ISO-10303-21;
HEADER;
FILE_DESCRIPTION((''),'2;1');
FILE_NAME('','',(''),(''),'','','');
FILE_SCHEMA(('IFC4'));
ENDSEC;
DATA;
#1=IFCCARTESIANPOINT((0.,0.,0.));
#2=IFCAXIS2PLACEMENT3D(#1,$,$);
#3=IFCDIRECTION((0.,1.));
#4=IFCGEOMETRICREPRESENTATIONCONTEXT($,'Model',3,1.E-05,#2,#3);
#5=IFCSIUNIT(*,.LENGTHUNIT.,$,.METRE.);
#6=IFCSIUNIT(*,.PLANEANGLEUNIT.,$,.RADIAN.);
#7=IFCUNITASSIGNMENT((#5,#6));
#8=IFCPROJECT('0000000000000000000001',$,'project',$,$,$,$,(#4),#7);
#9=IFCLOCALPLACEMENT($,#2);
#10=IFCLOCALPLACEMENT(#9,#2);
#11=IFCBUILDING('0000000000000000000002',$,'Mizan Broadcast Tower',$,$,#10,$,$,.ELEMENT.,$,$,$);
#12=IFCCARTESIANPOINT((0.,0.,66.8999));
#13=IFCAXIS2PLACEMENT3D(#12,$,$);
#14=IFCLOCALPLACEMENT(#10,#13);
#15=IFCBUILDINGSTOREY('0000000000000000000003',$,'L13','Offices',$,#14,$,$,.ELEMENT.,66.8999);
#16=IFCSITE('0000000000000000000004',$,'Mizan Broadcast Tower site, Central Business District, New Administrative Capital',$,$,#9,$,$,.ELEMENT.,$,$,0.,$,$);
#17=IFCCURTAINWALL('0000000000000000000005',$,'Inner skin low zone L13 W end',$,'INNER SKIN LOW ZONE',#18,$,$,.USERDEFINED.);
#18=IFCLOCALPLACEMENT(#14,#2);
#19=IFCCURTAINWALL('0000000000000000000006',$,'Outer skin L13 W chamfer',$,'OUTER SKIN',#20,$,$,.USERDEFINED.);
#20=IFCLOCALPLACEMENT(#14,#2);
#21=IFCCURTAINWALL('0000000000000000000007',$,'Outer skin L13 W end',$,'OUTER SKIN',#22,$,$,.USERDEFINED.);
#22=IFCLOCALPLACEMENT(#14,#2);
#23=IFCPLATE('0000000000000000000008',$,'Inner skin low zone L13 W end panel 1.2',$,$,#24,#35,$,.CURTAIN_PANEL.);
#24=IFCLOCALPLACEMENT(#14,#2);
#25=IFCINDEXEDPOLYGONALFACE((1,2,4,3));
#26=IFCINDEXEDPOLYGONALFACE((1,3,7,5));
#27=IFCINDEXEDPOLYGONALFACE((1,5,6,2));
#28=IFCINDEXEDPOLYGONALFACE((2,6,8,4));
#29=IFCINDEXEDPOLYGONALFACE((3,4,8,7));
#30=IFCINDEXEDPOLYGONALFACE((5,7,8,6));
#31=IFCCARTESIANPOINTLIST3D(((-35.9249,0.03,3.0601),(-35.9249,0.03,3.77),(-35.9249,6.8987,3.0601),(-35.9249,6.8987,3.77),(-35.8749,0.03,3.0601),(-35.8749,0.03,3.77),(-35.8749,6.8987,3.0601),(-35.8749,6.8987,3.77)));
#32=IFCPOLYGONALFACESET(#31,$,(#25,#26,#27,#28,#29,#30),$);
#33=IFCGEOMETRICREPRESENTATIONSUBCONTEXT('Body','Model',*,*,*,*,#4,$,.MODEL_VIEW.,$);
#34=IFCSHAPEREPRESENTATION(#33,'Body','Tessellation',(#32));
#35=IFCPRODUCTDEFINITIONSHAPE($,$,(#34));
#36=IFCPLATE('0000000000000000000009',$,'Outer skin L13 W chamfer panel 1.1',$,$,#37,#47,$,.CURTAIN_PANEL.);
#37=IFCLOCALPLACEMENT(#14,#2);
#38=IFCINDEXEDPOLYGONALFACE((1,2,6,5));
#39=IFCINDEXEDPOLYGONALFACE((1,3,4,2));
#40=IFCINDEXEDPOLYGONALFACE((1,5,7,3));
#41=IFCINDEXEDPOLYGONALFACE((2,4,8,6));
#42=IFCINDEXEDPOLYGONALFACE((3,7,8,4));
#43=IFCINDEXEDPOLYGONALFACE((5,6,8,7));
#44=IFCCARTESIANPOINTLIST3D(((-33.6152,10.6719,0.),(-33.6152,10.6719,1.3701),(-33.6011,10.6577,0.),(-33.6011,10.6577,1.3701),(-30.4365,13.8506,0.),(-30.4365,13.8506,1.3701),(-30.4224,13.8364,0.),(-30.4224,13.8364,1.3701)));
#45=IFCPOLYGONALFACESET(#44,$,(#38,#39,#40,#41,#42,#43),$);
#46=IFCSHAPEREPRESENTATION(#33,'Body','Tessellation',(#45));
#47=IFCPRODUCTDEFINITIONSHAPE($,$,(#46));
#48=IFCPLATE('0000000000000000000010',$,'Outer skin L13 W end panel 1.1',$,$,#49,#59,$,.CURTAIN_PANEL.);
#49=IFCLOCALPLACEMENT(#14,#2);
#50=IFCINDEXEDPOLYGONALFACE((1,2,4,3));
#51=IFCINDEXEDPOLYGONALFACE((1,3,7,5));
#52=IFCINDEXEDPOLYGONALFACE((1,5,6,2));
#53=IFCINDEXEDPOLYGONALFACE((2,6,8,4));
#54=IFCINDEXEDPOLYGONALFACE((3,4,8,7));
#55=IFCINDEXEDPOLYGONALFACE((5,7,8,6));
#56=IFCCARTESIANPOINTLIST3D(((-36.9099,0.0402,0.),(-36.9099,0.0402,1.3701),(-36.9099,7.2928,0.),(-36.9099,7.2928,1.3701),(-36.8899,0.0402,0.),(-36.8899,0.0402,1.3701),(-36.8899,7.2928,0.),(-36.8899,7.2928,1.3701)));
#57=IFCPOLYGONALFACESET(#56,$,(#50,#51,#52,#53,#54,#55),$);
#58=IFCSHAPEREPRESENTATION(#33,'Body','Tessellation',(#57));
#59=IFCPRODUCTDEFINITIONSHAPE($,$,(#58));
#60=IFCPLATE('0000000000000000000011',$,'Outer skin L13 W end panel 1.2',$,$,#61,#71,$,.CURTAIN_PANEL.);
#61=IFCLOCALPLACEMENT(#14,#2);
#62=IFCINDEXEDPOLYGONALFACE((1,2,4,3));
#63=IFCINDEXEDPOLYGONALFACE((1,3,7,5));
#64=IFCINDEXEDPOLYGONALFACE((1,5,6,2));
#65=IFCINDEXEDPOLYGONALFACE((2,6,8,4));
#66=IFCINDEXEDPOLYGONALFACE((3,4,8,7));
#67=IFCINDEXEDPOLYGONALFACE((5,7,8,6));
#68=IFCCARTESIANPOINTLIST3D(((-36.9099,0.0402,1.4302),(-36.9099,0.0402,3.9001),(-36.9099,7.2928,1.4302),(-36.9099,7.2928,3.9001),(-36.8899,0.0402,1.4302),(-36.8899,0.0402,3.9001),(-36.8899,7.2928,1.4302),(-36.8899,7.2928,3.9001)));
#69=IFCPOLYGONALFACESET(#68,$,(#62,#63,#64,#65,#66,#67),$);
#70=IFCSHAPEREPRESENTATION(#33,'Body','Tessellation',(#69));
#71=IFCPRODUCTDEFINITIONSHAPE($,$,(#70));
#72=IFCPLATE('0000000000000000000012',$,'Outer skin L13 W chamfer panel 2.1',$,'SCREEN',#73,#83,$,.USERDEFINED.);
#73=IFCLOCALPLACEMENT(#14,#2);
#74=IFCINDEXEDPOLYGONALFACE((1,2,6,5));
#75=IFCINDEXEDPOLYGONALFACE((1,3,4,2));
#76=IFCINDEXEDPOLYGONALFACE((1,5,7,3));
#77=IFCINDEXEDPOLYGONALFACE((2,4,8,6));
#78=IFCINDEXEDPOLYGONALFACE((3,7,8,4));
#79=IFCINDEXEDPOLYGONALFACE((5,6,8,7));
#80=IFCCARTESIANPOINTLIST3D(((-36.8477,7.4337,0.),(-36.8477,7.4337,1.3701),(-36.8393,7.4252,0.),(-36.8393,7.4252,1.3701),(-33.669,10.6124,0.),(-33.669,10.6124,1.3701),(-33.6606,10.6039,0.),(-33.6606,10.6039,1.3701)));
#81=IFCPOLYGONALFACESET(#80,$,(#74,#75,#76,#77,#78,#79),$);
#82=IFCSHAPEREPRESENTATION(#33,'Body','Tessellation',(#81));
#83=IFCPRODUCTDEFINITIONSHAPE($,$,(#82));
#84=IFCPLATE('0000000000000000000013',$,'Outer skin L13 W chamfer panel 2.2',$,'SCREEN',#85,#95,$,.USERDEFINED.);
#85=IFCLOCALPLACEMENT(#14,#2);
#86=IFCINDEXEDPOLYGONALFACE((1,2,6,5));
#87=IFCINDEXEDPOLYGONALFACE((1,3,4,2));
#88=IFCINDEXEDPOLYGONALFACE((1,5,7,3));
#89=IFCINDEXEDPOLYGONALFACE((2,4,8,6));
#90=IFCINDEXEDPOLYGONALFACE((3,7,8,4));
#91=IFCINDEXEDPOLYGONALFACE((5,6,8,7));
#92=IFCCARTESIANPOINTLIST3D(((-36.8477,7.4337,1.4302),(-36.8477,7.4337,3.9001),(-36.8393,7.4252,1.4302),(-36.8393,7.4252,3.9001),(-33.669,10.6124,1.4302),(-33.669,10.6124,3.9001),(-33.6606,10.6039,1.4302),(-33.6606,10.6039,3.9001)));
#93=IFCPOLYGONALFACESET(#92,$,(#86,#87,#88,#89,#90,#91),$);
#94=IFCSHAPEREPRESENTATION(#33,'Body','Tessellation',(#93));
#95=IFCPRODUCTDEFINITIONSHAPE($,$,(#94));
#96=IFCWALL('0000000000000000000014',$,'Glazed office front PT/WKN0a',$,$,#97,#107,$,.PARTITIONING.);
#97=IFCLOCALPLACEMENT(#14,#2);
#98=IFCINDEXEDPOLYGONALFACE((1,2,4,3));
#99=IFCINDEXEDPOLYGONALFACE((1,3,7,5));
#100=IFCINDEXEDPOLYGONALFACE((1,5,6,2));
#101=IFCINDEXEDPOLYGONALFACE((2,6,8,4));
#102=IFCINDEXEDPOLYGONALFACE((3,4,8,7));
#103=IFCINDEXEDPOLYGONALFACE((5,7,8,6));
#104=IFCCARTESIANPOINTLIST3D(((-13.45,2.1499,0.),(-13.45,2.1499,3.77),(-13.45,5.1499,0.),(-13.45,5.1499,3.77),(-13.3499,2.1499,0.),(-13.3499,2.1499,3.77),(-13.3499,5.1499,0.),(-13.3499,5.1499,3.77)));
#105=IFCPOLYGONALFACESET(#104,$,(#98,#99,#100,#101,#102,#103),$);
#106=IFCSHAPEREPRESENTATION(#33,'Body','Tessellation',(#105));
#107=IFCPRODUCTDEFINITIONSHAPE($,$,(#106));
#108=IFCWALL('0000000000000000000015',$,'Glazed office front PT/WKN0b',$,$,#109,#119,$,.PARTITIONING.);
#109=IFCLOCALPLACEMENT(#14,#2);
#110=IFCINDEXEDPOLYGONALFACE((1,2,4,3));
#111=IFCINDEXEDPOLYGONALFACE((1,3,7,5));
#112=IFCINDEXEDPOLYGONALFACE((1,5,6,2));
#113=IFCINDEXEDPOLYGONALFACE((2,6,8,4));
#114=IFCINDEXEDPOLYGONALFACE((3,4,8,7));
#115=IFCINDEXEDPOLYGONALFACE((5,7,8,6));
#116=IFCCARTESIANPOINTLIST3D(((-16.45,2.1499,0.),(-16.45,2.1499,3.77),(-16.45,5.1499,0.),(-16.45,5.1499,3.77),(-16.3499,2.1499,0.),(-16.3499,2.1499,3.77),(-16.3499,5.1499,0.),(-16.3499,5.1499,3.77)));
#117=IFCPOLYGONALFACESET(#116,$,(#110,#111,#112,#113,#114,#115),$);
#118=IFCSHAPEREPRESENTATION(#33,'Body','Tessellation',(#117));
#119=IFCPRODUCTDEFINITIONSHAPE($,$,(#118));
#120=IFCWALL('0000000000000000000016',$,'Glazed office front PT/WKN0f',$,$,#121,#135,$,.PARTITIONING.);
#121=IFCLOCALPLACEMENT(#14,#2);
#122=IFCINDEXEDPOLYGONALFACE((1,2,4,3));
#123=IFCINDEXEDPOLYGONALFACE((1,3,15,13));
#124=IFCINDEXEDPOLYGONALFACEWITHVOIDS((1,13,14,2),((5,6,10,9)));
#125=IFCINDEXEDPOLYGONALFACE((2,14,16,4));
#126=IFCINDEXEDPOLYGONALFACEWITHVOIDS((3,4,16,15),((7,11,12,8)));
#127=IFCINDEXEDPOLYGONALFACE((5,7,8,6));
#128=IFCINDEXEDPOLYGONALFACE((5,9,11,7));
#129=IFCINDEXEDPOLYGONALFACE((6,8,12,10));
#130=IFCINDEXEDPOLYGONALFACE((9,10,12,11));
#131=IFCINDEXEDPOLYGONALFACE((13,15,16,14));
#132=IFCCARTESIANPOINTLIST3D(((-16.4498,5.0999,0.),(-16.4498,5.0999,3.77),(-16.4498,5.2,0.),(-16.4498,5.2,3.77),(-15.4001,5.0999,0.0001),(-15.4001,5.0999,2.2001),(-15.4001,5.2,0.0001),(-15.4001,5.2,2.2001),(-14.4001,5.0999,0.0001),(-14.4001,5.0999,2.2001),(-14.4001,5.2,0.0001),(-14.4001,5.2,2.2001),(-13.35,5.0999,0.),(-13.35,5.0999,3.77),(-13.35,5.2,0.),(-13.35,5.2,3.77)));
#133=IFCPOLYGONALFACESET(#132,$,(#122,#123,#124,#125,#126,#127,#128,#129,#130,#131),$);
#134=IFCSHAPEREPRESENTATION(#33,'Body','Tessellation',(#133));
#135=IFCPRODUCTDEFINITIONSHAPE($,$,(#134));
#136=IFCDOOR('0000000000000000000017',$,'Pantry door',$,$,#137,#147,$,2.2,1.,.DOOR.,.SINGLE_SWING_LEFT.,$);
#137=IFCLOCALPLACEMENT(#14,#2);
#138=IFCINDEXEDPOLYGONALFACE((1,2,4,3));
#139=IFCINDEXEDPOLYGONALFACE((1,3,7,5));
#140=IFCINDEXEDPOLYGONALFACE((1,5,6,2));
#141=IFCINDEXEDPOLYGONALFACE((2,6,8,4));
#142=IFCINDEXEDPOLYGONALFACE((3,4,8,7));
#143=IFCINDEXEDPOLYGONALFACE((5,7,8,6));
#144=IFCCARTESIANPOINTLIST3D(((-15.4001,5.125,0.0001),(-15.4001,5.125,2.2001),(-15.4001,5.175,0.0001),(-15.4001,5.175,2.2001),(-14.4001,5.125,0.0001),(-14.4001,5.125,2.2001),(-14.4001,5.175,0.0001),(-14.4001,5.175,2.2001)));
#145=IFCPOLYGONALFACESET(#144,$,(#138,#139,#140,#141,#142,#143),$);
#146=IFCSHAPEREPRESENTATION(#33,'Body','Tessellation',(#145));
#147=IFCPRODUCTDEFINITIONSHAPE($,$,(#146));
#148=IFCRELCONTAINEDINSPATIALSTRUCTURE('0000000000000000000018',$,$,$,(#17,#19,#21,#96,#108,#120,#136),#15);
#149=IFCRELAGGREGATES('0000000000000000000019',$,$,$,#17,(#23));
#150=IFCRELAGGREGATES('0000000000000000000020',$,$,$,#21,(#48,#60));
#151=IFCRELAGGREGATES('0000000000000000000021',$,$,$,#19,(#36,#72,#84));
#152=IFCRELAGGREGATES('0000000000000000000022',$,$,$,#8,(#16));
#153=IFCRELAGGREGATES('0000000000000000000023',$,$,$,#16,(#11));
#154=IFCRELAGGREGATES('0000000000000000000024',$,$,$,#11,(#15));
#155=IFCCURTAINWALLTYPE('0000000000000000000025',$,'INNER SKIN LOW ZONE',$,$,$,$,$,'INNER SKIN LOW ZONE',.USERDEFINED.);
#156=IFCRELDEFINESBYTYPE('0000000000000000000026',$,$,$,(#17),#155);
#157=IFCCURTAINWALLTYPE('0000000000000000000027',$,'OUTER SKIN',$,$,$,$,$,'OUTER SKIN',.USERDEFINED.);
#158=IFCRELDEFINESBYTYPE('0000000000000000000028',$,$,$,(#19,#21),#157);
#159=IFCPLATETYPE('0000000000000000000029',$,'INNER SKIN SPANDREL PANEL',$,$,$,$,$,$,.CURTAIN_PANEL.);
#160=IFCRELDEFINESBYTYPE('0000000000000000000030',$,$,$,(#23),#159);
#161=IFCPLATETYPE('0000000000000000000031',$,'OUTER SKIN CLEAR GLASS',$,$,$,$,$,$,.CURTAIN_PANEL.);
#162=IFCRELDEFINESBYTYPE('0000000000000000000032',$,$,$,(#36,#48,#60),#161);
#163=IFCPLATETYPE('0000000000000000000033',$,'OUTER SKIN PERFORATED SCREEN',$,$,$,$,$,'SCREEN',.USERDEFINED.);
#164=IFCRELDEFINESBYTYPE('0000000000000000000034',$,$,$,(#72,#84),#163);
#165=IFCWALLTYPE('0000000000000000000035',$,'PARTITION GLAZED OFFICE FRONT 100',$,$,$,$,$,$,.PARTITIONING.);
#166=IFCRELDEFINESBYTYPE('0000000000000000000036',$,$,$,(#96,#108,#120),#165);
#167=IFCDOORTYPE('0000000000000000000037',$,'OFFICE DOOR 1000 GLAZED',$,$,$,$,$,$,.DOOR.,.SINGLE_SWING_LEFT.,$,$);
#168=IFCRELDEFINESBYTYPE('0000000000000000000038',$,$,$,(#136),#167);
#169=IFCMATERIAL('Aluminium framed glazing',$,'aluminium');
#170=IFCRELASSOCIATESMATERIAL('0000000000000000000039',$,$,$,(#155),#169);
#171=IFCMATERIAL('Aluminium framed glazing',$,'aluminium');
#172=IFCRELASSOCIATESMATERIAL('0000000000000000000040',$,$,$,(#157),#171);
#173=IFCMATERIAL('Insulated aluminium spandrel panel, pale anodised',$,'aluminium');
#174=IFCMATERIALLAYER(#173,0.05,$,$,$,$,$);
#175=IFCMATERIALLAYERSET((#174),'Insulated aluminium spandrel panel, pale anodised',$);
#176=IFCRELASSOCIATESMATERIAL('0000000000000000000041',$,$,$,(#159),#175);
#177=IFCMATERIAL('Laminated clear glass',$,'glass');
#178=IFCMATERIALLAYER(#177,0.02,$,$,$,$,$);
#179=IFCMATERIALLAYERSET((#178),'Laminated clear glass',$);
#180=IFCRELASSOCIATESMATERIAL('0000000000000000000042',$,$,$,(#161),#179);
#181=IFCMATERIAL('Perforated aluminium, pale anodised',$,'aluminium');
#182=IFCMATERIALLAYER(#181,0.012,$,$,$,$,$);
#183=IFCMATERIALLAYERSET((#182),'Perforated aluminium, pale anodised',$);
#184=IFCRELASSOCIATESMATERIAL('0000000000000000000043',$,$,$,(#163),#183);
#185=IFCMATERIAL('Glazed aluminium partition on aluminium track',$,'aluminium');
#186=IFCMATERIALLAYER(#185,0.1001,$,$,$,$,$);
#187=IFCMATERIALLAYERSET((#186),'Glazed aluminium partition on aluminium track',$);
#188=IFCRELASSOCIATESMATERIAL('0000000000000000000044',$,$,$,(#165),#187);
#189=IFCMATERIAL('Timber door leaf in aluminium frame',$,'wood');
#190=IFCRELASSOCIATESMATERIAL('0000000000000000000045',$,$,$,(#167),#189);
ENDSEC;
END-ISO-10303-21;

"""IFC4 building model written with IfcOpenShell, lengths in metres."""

from ifc_helpers import new_model, si_unit, direction, frame, frame_2d, origin, origin_2d, place, context, subcontext, project, spatial, rectangle, extrude, material, layer, layer_set, type_object, element, fill, aggregate, save


model = new_model("IFC4")

# Units and contexts
model_context = context("Model", 3, precision=1e-05, world=origin(), true_north=direction((0.0, 1.0)))
body_context = subcontext(model_context, "Body", "Model", "MODEL_VIEW")
ifc_project = project(units=[si_unit("LENGTHUNIT", "METRE"), si_unit("PLANEANGLEUNIT", "RADIAN")], contexts=[model_context])

# Site, building, storey
site_placement = place(None, origin())
site = spatial("IfcSite", under=ifc_project, at=site_placement, Name="Mizan Broadcast Tower site, Central Business District, New Administrative Capital", CompositionType="ELEMENT", RefElevation=0.0)
building_placement = place(site_placement, origin())
building = spatial("IfcBuilding", under=site, at=building_placement, Name="Mizan Broadcast Tower", CompositionType="ELEMENT")
storey_placement = place(building_placement, frame((0.0, 0.0, 66.8999)))
storey = spatial("IfcBuildingStorey", under=building, at=storey_placement, Name="L13", Description="Offices", CompositionType="ELEMENT", Elevation=66.8999)

# Curtain wall
ifc_material_1 = material(Name="Aluminium framed glazing", Category="aluminium")
curtain_wall_type_1 = type_object("IfcCurtainWallType", Name="INNER SKIN LOW ZONE", ElementType="INNER SKIN LOW ZONE", PredefinedType="USERDEFINED", material=ifc_material_1)
curtain_wall_1_placement = place(storey_placement, origin())
curtain_wall_1 = element("IfcCurtainWall", 1, at=curtain_wall_1_placement, inside=storey, type_object=curtain_wall_type_1, Name="Inner skin low zone L13 W end", ObjectType="INNER SKIN LOW ZONE", PredefinedType="USERDEFINED")

# Curtain wall
ifc_material_2 = material(Name="Aluminium framed glazing", Category="aluminium")
curtain_wall_type_2 = type_object("IfcCurtainWallType", Name="OUTER SKIN", ElementType="OUTER SKIN", PredefinedType="USERDEFINED", material=ifc_material_2)
curtain_wall_2_placement = place(storey_placement, origin())
curtain_wall_2 = element("IfcCurtainWall", 2, at=curtain_wall_2_placement, inside=storey, type_object=curtain_wall_type_2, Name="Outer skin L13 W chamfer", ObjectType="OUTER SKIN", PredefinedType="USERDEFINED")

# Curtain wall
curtain_wall_3_placement = place(storey_placement, origin())
curtain_wall_3 = element("IfcCurtainWall", 3, at=curtain_wall_3_placement, inside=storey, type_object=curtain_wall_type_2, Name="Outer skin L13 W end", ObjectType="OUTER SKIN", PredefinedType="USERDEFINED")

# Plates
ifc_material_3 = material(Name="Insulated aluminium spandrel panel, pale anodised", Category="aluminium")
ifc_layer_1 = layer(ifc_material_3, 0.05)
ifc_layer_set_1 = layer_set([ifc_layer_1], Name="Insulated aluminium spandrel panel, pale anodised")
plate_type_1 = type_object("IfcPlateType", Name="INNER SKIN SPANDREL PANEL", PredefinedType="CURTAIN_PANEL", material=ifc_layer_set_1)
plate_1_placement = place(storey_placement, frame((-35.8999, 3.4644, 3.0601), z_axis=(0.0, 0.0, 1.0), x_axis=(0.0, -1.0, 0.0)))
plate_1 = element("IfcPlate", 4, at=plate_1_placement, type_object=plate_type_1, Name="Inner skin low zone L13 W end panel 1.2", PredefinedType="CURTAIN_PANEL", context=body_context, shape_type="SweptSolid", body=[
    extrude(rectangle(XDim=6.8687, YDim=0.05, at=origin_2d()), origin(), (0.0, 0.0, 1.0), 0.71),
])
aggregate(curtain_wall_1, [plate_1])
ifc_material_4 = material(Name="Laminated clear glass", Category="glass")
ifc_layer_2 = layer(ifc_material_4, 0.02)
ifc_layer_set_2 = layer_set([ifc_layer_2], Name="Laminated clear glass")
plate_type_2 = type_object("IfcPlateType", Name="OUTER SKIN CLEAR GLASS", PredefinedType="CURTAIN_PANEL", material=ifc_layer_set_2)
plate_2_placement = place(storey_placement, frame((-32.0188, 12.2542, 0.0), z_axis=(0.0, 0.0, 1.0), x_axis=(-0.707107, -0.707107, 0.0)))
plate_2 = element("IfcPlate", 5, at=plate_2_placement, type_object=plate_type_2, Name="Outer skin L13 W chamfer panel 1.1", PredefinedType="CURTAIN_PANEL", context=body_context, shape_type="SweptSolid", body=[
    extrude(rectangle(XDim=4.4954, YDim=0.02, at=origin_2d()), origin(), (0.0, 0.0, 1.0), 1.3701),
])
plate_3_placement = place(storey_placement, frame((-36.8999, 3.6665, 0.0), z_axis=(0.0, 0.0, 1.0), x_axis=(0.0, -1.0, 0.0)))
plate_3 = element("IfcPlate", 6, at=plate_3_placement, type_object=plate_type_2, Name="Outer skin L13 W end panel 1.1", PredefinedType="CURTAIN_PANEL", context=body_context, shape_type="SweptSolid", body=[
    extrude(rectangle(XDim=7.2527, YDim=0.02, at=origin_2d()), origin(), (0.0, 0.0, 1.0), 1.3701),
])
plate_4_placement = place(storey_placement, frame((-36.8999, 3.6665, 1.4302), z_axis=(0.0, 0.0, 1.0), x_axis=(0.0, -1.0, 0.0)))
plate_4 = element("IfcPlate", 7, at=plate_4_placement, type_object=plate_type_2, Name="Outer skin L13 W end panel 1.2", PredefinedType="CURTAIN_PANEL", context=body_context, shape_type="SweptSolid", body=[
    extrude(rectangle(XDim=7.2527, YDim=0.02, at=origin_2d()), origin(), (0.0, 0.0, 1.0), 2.47),
])
aggregate(curtain_wall_3, [plate_3, plate_4])
ifc_material_5 = material(Name="Perforated aluminium, pale anodised", Category="aluminium")
ifc_layer_3 = layer(ifc_material_5, 0.012)
ifc_layer_set_3 = layer_set([ifc_layer_3], Name="Perforated aluminium, pale anodised")
plate_type_3 = type_object("IfcPlateType", Name="OUTER SKIN PERFORATED SCREEN", ElementType="SCREEN", PredefinedType="USERDEFINED", material=ifc_layer_set_3)
plate_5_placement = place(storey_placement, frame((-35.2542, 9.0188, 0.0), z_axis=(0.0, 0.0, 1.0), x_axis=(-0.707107, -0.707107, 0.0)))
plate_5 = element("IfcPlate", 8, at=plate_5_placement, type_object=plate_type_3, Name="Outer skin L13 W chamfer panel 2.1", ObjectType="SCREEN", PredefinedType="USERDEFINED", context=body_context, shape_type="SweptSolid", body=[
    extrude(rectangle(XDim=4.4954, YDim=0.012, at=origin_2d()), origin(), (0.0, 0.0, 1.0), 1.3701),
])
plate_6_placement = place(storey_placement, frame((-35.2542, 9.0188, 1.4302), z_axis=(0.0, 0.0, 1.0), x_axis=(-0.707107, -0.707107, 0.0)))
plate_6 = element("IfcPlate", 9, at=plate_6_placement, type_object=plate_type_3, Name="Outer skin L13 W chamfer panel 2.2", ObjectType="SCREEN", PredefinedType="USERDEFINED", context=body_context, shape_type="SweptSolid", body=[
    extrude(rectangle(XDim=4.4954, YDim=0.012, at=origin_2d()), origin(), (0.0, 0.0, 1.0), 2.47),
])
aggregate(curtain_wall_2, [plate_2, plate_5, plate_6])

# Walls
ifc_material_6 = material(Name="Glazed aluminium partition on aluminium track", Category="aluminium")
ifc_layer_4 = layer(ifc_material_6, 0.1001)
ifc_layer_set_4 = layer_set([ifc_layer_4], Name="Glazed aluminium partition on aluminium track")
wall_type = type_object("IfcWallType", Name="PARTITION GLAZED OFFICE FRONT 100", PredefinedType="PARTITIONING", material=ifc_layer_set_4)
for number, where, z_axis, x_axis, name in (
    (10, (-13.3999, 2.1499, 0.0), (0.0, 0.0, 1.0), (0.0, 1.0, 0.0), "Glazed office front PT/WKN0a"),
    (11, (-16.3999, 2.1499, 0.0), (0.0, 0.0, 1.0), (0.0, 1.0, 0.0), "Glazed office front PT/WKN0b"),
):
    element("IfcWall", number, at=place(storey_placement, frame(where, z_axis=z_axis, x_axis=x_axis)), inside=storey, type_object=wall_type, Name=name, PredefinedType="PARTITIONING", context=body_context, shape_type="SweptSolid", body=[
        extrude(rectangle(XDim=3.0, YDim=0.1001, at=frame_2d((1.5, 0.0))), origin(), (0.0, 0.0, 1.0), 3.77),
    ])

# Wall, opening, door
wall_placement = place(storey_placement, frame((-13.3501, 5.1499, 0.0), z_axis=(0.0, 0.0, 1.0), x_axis=(-1.0, 0.0, 0.0)))
wall = element("IfcWall", 12, at=wall_placement, inside=storey, type_object=wall_type, Name="Glazed office front PT/WKN0f", PredefinedType="PARTITIONING", context=body_context, shape_type="SweptSolid", body=[
    extrude(rectangle(XDim=3.0999, YDim=0.1001, at=frame_2d((1.5498, 0.0))), origin(), (0.0, 0.0, 1.0), 3.77),
])
opening_placement = place(wall_placement, frame((1.05, 0.0, 0.0)))
opening = element("IfcOpeningElement", 13, at=opening_placement, cuts=wall, PredefinedType="OPENING", context=body_context, shape_type="SweptSolid", body=[
    extrude(rectangle(XDim=1.0, YDim=2.2, at=frame_2d((0.5, 1.1001))), frame((0.0, 0.0601, 0.0), z_axis=(0.0, -1.0, 0.0), x_axis=(1.0, 0.0, 0.0)), (0.0, 0.0, 1.0), 0.1201),
])
ifc_material_7 = material(Name="Timber door leaf in aluminium frame", Category="wood")
door_type = type_object("IfcDoorType", Name="OFFICE DOOR 1000 GLAZED", OperationType="SINGLE_SWING_LEFT", PredefinedType="DOOR", material=ifc_material_7)
door_placement = place(opening_placement, origin())
door = element("IfcDoor", 14, at=door_placement, inside=storey, type_object=door_type, Name="Pantry door", OperationType="SINGLE_SWING_LEFT", OverallHeight=2.2, OverallWidth=1.0, PredefinedType="DOOR", context=body_context, shape_type="SweptSolid", body=[
    extrude(rectangle(XDim=1.0, YDim=2.2, at=frame_2d((0.5, 1.1001))), frame((0.0, 0.0249, 0.0), z_axis=(0.0, -1.0, 0.0), x_axis=(1.0, 0.0, 0.0)), (0.0, 0.0, 1.0), 0.05),
])
fill(opening, door)

save(model, "model.ifc")
